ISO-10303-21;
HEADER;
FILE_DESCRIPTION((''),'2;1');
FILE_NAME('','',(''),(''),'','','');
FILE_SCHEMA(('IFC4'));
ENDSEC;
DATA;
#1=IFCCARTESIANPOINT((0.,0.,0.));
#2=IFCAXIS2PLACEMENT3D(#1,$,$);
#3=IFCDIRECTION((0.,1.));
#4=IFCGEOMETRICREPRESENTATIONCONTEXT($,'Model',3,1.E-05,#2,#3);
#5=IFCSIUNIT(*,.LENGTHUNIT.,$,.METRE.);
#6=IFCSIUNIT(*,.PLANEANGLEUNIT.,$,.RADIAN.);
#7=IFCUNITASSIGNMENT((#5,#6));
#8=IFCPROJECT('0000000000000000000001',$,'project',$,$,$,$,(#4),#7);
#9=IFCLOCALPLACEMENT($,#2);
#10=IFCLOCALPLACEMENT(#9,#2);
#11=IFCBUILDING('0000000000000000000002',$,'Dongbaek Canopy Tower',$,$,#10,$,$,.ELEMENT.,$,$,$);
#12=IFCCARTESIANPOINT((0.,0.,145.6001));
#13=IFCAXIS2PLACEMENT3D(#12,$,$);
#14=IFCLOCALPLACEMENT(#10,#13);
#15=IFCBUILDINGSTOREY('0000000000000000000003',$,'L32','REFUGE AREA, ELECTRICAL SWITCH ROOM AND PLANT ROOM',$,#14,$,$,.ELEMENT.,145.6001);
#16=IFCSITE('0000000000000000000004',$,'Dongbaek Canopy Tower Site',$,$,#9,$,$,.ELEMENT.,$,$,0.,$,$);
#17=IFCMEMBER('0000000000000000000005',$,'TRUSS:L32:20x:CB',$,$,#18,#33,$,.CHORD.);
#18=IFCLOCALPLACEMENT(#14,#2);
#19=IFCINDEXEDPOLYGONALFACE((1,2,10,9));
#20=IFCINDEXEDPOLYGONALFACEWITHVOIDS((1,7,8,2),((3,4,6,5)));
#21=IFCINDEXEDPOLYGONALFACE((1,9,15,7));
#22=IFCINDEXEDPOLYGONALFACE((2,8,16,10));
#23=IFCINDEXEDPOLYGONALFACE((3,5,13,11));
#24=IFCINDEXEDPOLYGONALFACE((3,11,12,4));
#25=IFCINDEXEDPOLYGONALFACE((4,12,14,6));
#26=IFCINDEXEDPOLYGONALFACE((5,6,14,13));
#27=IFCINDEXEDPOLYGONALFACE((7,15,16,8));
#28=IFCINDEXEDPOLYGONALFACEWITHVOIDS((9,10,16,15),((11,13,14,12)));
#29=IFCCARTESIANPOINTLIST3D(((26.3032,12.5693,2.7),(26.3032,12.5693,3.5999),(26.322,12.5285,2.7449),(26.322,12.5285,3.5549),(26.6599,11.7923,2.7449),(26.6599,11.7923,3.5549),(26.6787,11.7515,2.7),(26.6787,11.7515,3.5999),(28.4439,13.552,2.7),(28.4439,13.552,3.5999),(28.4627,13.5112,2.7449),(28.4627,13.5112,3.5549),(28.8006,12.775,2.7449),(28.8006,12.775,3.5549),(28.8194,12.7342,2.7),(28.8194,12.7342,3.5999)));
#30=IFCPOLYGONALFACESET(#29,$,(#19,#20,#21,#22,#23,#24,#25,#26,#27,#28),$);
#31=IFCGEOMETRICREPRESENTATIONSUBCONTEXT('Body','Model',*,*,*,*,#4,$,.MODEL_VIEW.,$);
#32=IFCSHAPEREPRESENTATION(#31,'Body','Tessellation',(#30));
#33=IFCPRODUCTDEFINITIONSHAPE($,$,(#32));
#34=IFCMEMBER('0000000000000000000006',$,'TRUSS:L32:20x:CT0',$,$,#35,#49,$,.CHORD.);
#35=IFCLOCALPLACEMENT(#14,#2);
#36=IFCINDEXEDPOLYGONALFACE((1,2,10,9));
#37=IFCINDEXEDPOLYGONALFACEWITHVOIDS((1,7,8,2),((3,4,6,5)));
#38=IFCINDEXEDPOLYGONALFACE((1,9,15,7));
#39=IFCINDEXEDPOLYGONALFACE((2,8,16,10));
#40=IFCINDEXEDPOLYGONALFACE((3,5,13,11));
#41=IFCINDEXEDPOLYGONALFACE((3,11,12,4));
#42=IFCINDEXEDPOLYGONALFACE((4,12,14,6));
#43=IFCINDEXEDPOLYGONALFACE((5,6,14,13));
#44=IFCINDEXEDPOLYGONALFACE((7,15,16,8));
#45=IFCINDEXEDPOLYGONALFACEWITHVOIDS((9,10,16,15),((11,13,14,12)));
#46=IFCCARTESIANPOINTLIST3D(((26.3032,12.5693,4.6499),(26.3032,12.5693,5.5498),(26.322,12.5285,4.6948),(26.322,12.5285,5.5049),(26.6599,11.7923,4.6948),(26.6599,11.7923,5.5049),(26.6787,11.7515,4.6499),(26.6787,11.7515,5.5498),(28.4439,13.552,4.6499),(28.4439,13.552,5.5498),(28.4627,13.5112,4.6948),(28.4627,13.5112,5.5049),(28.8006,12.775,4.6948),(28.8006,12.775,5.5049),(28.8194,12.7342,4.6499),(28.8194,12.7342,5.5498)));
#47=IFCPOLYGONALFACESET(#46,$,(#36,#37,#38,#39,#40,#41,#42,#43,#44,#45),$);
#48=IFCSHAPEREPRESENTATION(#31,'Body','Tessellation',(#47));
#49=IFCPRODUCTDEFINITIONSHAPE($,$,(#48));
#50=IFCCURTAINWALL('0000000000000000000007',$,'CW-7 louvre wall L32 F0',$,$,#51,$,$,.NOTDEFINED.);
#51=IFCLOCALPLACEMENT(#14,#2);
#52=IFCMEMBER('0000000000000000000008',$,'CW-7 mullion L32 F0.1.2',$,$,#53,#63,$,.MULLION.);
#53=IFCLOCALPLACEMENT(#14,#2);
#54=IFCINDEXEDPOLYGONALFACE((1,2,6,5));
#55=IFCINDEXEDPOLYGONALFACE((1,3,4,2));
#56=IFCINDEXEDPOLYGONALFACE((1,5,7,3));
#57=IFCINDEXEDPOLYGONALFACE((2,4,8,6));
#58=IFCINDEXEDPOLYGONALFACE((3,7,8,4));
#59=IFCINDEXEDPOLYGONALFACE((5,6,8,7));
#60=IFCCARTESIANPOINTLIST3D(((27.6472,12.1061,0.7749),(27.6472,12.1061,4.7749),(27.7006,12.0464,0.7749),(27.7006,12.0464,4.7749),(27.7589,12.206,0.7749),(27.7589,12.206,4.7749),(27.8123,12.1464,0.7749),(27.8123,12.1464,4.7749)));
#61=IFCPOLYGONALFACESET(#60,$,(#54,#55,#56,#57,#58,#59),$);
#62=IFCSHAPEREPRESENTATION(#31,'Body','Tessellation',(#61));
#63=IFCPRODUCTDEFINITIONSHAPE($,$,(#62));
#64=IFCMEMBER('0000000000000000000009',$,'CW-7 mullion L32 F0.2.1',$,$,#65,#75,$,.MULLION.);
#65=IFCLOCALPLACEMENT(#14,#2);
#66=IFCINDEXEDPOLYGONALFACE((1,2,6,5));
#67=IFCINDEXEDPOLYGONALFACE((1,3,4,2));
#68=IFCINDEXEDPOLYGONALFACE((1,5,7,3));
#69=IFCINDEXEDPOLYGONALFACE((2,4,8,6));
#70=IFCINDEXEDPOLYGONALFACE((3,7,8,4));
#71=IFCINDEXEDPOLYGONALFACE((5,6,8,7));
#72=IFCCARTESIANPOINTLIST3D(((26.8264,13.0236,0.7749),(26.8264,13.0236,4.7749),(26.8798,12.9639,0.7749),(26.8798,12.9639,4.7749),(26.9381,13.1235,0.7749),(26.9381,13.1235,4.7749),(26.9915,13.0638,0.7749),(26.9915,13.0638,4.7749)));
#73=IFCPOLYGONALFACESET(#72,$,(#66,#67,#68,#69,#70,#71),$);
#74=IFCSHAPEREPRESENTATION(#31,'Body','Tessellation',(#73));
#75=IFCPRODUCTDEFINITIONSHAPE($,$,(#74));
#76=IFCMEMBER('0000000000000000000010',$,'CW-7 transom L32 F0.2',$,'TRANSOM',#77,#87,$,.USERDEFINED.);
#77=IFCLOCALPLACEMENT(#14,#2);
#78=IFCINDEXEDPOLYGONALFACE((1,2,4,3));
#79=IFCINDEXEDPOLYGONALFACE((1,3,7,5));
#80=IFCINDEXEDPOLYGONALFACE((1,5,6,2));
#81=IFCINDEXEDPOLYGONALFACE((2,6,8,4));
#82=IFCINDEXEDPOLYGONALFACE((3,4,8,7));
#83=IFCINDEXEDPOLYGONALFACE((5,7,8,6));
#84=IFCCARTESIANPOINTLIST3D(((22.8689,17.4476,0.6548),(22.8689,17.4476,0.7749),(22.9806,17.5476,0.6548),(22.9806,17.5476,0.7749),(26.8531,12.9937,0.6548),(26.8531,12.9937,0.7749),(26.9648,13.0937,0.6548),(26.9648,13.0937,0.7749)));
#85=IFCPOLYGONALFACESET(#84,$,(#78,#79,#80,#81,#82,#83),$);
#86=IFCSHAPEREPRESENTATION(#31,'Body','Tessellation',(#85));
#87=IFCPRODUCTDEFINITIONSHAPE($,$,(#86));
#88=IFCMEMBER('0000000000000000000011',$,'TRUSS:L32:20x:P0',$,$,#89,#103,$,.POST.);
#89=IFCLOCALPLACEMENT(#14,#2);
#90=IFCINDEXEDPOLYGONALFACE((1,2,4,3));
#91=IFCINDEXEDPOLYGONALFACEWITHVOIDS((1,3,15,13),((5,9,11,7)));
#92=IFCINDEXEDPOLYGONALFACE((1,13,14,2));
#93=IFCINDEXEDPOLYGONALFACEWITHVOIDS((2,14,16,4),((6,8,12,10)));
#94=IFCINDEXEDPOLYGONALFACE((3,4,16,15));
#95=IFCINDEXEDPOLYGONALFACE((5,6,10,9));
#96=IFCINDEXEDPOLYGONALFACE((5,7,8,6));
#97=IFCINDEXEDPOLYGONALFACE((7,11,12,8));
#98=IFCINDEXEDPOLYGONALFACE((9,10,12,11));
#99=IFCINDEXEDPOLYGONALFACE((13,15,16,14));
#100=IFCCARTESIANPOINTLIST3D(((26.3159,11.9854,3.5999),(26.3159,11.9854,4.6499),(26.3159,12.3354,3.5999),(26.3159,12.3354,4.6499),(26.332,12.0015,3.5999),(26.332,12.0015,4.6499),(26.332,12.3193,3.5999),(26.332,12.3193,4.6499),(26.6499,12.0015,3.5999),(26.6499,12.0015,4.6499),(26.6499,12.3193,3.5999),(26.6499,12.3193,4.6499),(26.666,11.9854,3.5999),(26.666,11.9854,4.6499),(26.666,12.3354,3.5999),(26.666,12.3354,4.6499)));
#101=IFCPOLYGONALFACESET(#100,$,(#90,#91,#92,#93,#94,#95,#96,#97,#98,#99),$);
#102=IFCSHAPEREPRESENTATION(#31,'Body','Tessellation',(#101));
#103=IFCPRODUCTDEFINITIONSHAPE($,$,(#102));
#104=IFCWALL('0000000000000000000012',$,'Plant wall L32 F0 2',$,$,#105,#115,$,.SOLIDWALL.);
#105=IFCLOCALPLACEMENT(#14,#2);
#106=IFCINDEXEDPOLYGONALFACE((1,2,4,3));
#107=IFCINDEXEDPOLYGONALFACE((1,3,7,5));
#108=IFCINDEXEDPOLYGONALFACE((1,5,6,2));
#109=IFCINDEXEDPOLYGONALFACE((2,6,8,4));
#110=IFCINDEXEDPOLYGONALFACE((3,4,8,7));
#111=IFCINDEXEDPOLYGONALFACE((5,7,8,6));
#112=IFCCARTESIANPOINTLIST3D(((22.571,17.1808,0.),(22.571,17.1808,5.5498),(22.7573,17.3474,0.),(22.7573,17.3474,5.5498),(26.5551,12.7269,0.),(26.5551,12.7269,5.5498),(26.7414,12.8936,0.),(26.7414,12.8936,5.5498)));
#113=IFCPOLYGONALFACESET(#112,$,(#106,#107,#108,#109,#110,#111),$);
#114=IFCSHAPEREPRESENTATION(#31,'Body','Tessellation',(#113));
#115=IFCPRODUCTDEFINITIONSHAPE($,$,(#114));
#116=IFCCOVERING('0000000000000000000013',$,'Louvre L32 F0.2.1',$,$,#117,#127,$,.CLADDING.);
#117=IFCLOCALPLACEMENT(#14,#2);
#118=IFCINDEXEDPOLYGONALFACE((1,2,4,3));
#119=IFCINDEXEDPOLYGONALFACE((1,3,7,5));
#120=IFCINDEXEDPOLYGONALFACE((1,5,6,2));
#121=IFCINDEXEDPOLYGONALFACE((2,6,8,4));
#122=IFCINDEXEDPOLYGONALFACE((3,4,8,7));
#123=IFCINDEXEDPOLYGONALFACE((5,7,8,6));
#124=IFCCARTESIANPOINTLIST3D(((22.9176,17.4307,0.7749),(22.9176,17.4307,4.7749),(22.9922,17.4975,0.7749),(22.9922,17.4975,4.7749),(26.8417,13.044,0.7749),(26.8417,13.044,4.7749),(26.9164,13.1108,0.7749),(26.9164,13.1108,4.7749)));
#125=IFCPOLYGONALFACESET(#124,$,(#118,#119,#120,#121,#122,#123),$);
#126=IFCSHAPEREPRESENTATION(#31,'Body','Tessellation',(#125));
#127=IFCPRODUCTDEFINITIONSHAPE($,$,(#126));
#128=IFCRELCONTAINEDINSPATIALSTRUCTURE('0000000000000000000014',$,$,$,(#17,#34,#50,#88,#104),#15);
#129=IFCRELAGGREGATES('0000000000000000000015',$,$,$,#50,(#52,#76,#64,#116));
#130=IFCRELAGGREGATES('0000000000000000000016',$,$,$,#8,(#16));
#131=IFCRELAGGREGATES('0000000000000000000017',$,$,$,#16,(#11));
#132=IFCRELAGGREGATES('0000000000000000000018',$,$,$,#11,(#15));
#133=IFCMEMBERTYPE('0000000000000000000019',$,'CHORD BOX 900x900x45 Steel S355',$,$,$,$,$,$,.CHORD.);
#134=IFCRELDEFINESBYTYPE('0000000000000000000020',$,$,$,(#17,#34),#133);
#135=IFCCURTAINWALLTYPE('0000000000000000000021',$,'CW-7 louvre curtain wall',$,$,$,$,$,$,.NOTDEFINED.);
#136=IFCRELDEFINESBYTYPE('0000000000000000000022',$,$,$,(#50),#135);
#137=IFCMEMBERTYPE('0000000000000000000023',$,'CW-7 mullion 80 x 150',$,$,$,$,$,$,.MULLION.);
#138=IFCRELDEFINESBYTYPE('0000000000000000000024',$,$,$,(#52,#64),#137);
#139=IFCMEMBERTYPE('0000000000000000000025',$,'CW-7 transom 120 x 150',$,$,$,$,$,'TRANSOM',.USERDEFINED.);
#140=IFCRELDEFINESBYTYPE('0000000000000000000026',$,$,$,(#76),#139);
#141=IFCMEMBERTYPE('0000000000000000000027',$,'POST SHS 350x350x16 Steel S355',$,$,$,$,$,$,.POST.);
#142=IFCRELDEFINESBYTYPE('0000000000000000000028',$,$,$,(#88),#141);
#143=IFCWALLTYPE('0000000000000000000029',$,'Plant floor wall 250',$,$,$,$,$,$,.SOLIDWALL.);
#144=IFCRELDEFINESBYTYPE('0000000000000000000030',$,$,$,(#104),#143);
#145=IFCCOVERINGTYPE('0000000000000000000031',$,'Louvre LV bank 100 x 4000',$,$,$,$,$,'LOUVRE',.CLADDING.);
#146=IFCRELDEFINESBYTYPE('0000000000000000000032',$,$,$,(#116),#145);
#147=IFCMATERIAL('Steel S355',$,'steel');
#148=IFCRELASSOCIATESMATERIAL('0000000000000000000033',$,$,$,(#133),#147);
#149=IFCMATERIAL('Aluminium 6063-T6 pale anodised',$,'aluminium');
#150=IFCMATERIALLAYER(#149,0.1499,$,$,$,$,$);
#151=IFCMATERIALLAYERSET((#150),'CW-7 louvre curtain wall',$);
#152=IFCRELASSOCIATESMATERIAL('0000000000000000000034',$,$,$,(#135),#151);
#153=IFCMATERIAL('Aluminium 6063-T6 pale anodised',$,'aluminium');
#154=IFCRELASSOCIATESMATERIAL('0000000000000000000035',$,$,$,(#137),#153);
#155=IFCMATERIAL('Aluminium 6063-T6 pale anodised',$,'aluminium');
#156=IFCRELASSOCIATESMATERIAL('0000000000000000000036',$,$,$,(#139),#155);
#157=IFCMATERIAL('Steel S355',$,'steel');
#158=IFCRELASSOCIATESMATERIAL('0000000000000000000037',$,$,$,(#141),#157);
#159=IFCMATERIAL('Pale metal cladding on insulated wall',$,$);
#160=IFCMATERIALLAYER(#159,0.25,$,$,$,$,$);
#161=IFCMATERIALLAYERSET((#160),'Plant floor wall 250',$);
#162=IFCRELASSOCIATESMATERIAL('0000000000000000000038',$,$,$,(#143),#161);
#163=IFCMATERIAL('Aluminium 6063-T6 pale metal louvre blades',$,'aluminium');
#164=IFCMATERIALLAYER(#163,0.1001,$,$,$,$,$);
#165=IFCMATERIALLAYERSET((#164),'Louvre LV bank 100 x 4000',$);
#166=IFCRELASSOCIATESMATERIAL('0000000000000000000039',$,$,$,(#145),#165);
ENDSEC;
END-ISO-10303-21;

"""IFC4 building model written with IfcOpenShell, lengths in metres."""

from ifc_helpers import new_model, si_unit, direction, frame, frame_2d, origin, origin_2d, place, context, subcontext, project, spatial, rectangle, hollow_rectangle, extrude, material, layer, layer_set, material_profile, profile_set, type_object, element, aggregate, save


model = new_model("IFC4")

# Units and contexts
model_context = context("Model", 3, precision=1e-05, world=origin(), true_north=direction((0.0, 1.0)))
body_context = subcontext(model_context, "Body", "Model", "MODEL_VIEW")
ifc_project = project(units=[si_unit("LENGTHUNIT", "METRE"), si_unit("PLANEANGLEUNIT", "RADIAN")], contexts=[model_context])

# Site, building, storey
site_placement = place(None, origin())
site = spatial("IfcSite", under=ifc_project, at=site_placement, Name="Dongbaek Canopy Tower Site", CompositionType="ELEMENT", RefElevation=0.0)
building_placement = place(site_placement, origin())
building = spatial("IfcBuilding", under=site, at=building_placement, Name="Dongbaek Canopy Tower", CompositionType="ELEMENT")
storey_placement = place(building_placement, frame((0.0, 0.0, 145.6001)))
storey = spatial("IfcBuildingStorey", under=building, at=storey_placement, Name="L32", Description="REFUGE AREA, ELECTRICAL SWITCH ROOM AND PLANT ROOM", CompositionType="ELEMENT", Elevation=145.6001)

# Members
ifc_material_1 = material(Name="Steel S355", Category="steel")
ifc_material_profile_1 = material_profile(ifc_material_1, hollow_rectangle(XDim=0.8999, YDim=0.8999, WallThickness=0.0449, at=origin_2d()), Name="CHORD BOX 900x900x45 Steel S355")
ifc_profile_set_1 = profile_set([ifc_material_profile_1], Name="Steel S355")
member_type_1 = type_object("IfcMemberType", Name="CHORD BOX 900x900x45 Steel S355", PredefinedType="CHORD", material=ifc_profile_set_1)
for number, where, z_axis, x_axis, name in (
    (1, (26.491, 12.1604, 3.1499), (0.908816, 0.417197, 0.0), (-0.417197, 0.908816, 0.0), "TRUSS:L32:20x:CB"),
    (2, (26.491, 12.1604, 5.0999), (0.908816, 0.417197, 0.0), (-0.417197, 0.908816, 0.0), "TRUSS:L32:20x:CT0"),
):
    element("IfcMember", number, at=place(storey_placement, frame(where, z_axis=z_axis, x_axis=x_axis)), inside=storey, type_object=member_type_1, Name=name, PredefinedType="CHORD", context=body_context, shape_type="SweptSolid", body=[
        extrude(hollow_rectangle(XDim=0.8999, YDim=0.8999, WallThickness=0.0449, at=origin_2d()), origin(), (0.0, 0.0, 1.0), 2.3555),
    ])

# Curtain wall, members
ifc_material_2 = material(Name="Aluminium 6063-T6 pale anodised", Category="aluminium")
ifc_layer_1 = layer(ifc_material_2, 0.1499)
ifc_layer_set_1 = layer_set([ifc_layer_1], Name="CW-7 louvre curtain wall")
curtain_wall_type = type_object("IfcCurtainWallType", Name="CW-7 louvre curtain wall", PredefinedType="NOTDEFINED", material=ifc_layer_set_1)
curtain_wall_placement = place(storey_placement, origin())
curtain_wall = element("IfcCurtainWall", 3, at=curtain_wall_placement, inside=storey, type_object=curtain_wall_type, Name="CW-7 louvre wall L32 F0", PredefinedType="NOTDEFINED")
ifc_material_3 = material(Name="Aluminium 6063-T6 pale anodised", Category="aluminium")
ifc_material_profile_2 = material_profile(ifc_material_3, rectangle(XDim=0.1499, YDim=0.0801, at=origin_2d()), Name="CW-7 mullion 80 x 150")
ifc_profile_set_2 = profile_set([ifc_material_profile_2], Name="Aluminium 6063-T6 pale anodised")
member_type_2 = type_object("IfcMemberType", Name="CW-7 mullion 80 x 150", PredefinedType="MULLION", material=ifc_profile_set_2)
member_1_placement = place(storey_placement, frame((27.7297, 12.1262, 0.7749), z_axis=(0.0, 0.0, 1.0), x_axis=(0.745312, 0.666716, 0.0)))
member_1 = element("IfcMember", 4, at=member_1_placement, type_object=member_type_2, Name="CW-7 mullion L32 F0.1.2", PredefinedType="MULLION", context=body_context, shape_type="SweptSolid", body=[
    extrude(rectangle(XDim=0.1499, YDim=0.0801, at=origin_2d()), origin(), (0.0, 0.0, 1.0), 4.0),
])
member_2_placement = place(storey_placement, frame((26.9089, 13.0437, 0.7749), z_axis=(0.0, 0.0, 1.0), x_axis=(0.745312, 0.666716, 0.0)))
member_2 = element("IfcMember", 5, at=member_2_placement, type_object=member_type_2, Name="CW-7 mullion L32 F0.2.1", PredefinedType="MULLION", context=body_context, shape_type="SweptSolid", body=[
    extrude(rectangle(XDim=0.1499, YDim=0.0801, at=origin_2d()), origin(), (0.0, 0.0, 1.0), 4.0),
])
ifc_material_4 = material(Name="Aluminium 6063-T6 pale anodised", Category="aluminium")
ifc_material_profile_3 = material_profile(ifc_material_4, rectangle(XDim=0.1499, YDim=0.1201, at=origin_2d()), Name="CW-7 transom 120 x 150")
ifc_profile_set_3 = profile_set([ifc_material_profile_3], Name="Aluminium 6063-T6 pale anodised")
member_type_3 = type_object("IfcMemberType", Name="CW-7 transom 120 x 150", ElementType="TRANSOM", PredefinedType="USERDEFINED", material=ifc_profile_set_3)
member_3_placement = place(storey_placement, frame((26.9089, 13.0437, 0.7148), z_axis=(-0.666711, 0.745316, 0.0), x_axis=(-0.745316, -0.666711, 0.0)))
member_3 = element("IfcMember", 6, at=member_3_placement, type_object=member_type_3, Name="CW-7 transom L32 F0.2", ObjectType="TRANSOM", PredefinedType="USERDEFINED", context=body_context, shape_type="SweptSolid", body=[
    extrude(rectangle(XDim=0.1499, YDim=0.1201, at=origin_2d()), origin(), (0.0, 0.0, 1.0), 5.9758),
])

# Member
ifc_material_5 = material(Name="Steel S355", Category="steel")
ifc_material_profile_4 = material_profile(ifc_material_5, hollow_rectangle(XDim=0.3501, YDim=0.3501, WallThickness=0.0161, at=origin_2d()), Name="POST SHS 350x350x16 Steel S355")
ifc_profile_set_4 = profile_set([ifc_material_profile_4], Name="Steel S355")
member_type_4 = type_object("IfcMemberType", Name="POST SHS 350x350x16 Steel S355", PredefinedType="POST", material=ifc_profile_set_4)
member_4_placement = place(storey_placement, frame((26.491, 12.1604, 3.5999), z_axis=(0.0, 0.0, 1.0), x_axis=(1.0, 0.0, 0.0)))
element("IfcMember", 7, at=member_4_placement, inside=storey, type_object=member_type_4, Name="TRUSS:L32:20x:P0", PredefinedType="POST", context=body_context, shape_type="SweptSolid", body=[
    extrude(hollow_rectangle(XDim=0.3501, YDim=0.3501, WallThickness=0.0161, at=origin_2d()), origin(), (0.0, 0.0, 1.0), 1.05),
])

# Wall
ifc_material_6 = material(Name="Pale metal cladding on insulated wall")
ifc_layer_2 = layer(ifc_material_6, 0.25)
ifc_layer_set_2 = layer_set([ifc_layer_2], Name="Plant floor wall 250")
wall_type = type_object("IfcWallType", Name="Plant floor wall 250", PredefinedType="SOLIDWALL", material=ifc_layer_set_2)
wall_placement = place(storey_placement, frame((26.6482, 12.8103, 0.0), z_axis=(0.0, 0.0, 1.0), x_axis=(-0.666711, 0.745316, 0.0)))
element("IfcWall", 8, at=wall_placement, inside=storey, type_object=wall_type, Name="Plant wall L32 F0 2", PredefinedType="SOLIDWALL", context=body_context, shape_type="SweptSolid", body=[
    extrude(rectangle(XDim=5.9758, YDim=0.25, at=frame_2d((2.9878, 0.0))), origin(), (0.0, 0.0, 1.0), 5.5498),
])

# Covering
ifc_material_7 = material(Name="Aluminium 6063-T6 pale metal louvre blades", Category="aluminium")
ifc_layer_3 = layer(ifc_material_7, 0.1001)
ifc_layer_set_3 = layer_set([ifc_layer_3], Name="Louvre LV bank 100 x 4000")
covering_type = type_object("IfcCoveringType", Name="Louvre LV bank 100 x 4000", ElementType="LOUVRE", PredefinedType="CLADDING", material=ifc_layer_set_3)
covering_placement = place(storey_placement, frame((24.917, 15.2708, 0.7749), z_axis=(0.0, 0.0, 1.0), x_axis=(-0.666716, 0.745312, 0.0)))
covering = element("IfcCovering", 9, at=covering_placement, type_object=covering_type, Name="Louvre L32 F0.2.1", PredefinedType="CLADDING", context=body_context, shape_type="SweptSolid", body=[
    extrude(rectangle(XDim=5.8857, YDim=0.1001, at=origin_2d()), origin(), (0.0, 0.0, 1.0), 4.0),
])

aggregate(curtain_wall, [member_1, member_3, member_2, covering])

save(model, "model.ifc")
